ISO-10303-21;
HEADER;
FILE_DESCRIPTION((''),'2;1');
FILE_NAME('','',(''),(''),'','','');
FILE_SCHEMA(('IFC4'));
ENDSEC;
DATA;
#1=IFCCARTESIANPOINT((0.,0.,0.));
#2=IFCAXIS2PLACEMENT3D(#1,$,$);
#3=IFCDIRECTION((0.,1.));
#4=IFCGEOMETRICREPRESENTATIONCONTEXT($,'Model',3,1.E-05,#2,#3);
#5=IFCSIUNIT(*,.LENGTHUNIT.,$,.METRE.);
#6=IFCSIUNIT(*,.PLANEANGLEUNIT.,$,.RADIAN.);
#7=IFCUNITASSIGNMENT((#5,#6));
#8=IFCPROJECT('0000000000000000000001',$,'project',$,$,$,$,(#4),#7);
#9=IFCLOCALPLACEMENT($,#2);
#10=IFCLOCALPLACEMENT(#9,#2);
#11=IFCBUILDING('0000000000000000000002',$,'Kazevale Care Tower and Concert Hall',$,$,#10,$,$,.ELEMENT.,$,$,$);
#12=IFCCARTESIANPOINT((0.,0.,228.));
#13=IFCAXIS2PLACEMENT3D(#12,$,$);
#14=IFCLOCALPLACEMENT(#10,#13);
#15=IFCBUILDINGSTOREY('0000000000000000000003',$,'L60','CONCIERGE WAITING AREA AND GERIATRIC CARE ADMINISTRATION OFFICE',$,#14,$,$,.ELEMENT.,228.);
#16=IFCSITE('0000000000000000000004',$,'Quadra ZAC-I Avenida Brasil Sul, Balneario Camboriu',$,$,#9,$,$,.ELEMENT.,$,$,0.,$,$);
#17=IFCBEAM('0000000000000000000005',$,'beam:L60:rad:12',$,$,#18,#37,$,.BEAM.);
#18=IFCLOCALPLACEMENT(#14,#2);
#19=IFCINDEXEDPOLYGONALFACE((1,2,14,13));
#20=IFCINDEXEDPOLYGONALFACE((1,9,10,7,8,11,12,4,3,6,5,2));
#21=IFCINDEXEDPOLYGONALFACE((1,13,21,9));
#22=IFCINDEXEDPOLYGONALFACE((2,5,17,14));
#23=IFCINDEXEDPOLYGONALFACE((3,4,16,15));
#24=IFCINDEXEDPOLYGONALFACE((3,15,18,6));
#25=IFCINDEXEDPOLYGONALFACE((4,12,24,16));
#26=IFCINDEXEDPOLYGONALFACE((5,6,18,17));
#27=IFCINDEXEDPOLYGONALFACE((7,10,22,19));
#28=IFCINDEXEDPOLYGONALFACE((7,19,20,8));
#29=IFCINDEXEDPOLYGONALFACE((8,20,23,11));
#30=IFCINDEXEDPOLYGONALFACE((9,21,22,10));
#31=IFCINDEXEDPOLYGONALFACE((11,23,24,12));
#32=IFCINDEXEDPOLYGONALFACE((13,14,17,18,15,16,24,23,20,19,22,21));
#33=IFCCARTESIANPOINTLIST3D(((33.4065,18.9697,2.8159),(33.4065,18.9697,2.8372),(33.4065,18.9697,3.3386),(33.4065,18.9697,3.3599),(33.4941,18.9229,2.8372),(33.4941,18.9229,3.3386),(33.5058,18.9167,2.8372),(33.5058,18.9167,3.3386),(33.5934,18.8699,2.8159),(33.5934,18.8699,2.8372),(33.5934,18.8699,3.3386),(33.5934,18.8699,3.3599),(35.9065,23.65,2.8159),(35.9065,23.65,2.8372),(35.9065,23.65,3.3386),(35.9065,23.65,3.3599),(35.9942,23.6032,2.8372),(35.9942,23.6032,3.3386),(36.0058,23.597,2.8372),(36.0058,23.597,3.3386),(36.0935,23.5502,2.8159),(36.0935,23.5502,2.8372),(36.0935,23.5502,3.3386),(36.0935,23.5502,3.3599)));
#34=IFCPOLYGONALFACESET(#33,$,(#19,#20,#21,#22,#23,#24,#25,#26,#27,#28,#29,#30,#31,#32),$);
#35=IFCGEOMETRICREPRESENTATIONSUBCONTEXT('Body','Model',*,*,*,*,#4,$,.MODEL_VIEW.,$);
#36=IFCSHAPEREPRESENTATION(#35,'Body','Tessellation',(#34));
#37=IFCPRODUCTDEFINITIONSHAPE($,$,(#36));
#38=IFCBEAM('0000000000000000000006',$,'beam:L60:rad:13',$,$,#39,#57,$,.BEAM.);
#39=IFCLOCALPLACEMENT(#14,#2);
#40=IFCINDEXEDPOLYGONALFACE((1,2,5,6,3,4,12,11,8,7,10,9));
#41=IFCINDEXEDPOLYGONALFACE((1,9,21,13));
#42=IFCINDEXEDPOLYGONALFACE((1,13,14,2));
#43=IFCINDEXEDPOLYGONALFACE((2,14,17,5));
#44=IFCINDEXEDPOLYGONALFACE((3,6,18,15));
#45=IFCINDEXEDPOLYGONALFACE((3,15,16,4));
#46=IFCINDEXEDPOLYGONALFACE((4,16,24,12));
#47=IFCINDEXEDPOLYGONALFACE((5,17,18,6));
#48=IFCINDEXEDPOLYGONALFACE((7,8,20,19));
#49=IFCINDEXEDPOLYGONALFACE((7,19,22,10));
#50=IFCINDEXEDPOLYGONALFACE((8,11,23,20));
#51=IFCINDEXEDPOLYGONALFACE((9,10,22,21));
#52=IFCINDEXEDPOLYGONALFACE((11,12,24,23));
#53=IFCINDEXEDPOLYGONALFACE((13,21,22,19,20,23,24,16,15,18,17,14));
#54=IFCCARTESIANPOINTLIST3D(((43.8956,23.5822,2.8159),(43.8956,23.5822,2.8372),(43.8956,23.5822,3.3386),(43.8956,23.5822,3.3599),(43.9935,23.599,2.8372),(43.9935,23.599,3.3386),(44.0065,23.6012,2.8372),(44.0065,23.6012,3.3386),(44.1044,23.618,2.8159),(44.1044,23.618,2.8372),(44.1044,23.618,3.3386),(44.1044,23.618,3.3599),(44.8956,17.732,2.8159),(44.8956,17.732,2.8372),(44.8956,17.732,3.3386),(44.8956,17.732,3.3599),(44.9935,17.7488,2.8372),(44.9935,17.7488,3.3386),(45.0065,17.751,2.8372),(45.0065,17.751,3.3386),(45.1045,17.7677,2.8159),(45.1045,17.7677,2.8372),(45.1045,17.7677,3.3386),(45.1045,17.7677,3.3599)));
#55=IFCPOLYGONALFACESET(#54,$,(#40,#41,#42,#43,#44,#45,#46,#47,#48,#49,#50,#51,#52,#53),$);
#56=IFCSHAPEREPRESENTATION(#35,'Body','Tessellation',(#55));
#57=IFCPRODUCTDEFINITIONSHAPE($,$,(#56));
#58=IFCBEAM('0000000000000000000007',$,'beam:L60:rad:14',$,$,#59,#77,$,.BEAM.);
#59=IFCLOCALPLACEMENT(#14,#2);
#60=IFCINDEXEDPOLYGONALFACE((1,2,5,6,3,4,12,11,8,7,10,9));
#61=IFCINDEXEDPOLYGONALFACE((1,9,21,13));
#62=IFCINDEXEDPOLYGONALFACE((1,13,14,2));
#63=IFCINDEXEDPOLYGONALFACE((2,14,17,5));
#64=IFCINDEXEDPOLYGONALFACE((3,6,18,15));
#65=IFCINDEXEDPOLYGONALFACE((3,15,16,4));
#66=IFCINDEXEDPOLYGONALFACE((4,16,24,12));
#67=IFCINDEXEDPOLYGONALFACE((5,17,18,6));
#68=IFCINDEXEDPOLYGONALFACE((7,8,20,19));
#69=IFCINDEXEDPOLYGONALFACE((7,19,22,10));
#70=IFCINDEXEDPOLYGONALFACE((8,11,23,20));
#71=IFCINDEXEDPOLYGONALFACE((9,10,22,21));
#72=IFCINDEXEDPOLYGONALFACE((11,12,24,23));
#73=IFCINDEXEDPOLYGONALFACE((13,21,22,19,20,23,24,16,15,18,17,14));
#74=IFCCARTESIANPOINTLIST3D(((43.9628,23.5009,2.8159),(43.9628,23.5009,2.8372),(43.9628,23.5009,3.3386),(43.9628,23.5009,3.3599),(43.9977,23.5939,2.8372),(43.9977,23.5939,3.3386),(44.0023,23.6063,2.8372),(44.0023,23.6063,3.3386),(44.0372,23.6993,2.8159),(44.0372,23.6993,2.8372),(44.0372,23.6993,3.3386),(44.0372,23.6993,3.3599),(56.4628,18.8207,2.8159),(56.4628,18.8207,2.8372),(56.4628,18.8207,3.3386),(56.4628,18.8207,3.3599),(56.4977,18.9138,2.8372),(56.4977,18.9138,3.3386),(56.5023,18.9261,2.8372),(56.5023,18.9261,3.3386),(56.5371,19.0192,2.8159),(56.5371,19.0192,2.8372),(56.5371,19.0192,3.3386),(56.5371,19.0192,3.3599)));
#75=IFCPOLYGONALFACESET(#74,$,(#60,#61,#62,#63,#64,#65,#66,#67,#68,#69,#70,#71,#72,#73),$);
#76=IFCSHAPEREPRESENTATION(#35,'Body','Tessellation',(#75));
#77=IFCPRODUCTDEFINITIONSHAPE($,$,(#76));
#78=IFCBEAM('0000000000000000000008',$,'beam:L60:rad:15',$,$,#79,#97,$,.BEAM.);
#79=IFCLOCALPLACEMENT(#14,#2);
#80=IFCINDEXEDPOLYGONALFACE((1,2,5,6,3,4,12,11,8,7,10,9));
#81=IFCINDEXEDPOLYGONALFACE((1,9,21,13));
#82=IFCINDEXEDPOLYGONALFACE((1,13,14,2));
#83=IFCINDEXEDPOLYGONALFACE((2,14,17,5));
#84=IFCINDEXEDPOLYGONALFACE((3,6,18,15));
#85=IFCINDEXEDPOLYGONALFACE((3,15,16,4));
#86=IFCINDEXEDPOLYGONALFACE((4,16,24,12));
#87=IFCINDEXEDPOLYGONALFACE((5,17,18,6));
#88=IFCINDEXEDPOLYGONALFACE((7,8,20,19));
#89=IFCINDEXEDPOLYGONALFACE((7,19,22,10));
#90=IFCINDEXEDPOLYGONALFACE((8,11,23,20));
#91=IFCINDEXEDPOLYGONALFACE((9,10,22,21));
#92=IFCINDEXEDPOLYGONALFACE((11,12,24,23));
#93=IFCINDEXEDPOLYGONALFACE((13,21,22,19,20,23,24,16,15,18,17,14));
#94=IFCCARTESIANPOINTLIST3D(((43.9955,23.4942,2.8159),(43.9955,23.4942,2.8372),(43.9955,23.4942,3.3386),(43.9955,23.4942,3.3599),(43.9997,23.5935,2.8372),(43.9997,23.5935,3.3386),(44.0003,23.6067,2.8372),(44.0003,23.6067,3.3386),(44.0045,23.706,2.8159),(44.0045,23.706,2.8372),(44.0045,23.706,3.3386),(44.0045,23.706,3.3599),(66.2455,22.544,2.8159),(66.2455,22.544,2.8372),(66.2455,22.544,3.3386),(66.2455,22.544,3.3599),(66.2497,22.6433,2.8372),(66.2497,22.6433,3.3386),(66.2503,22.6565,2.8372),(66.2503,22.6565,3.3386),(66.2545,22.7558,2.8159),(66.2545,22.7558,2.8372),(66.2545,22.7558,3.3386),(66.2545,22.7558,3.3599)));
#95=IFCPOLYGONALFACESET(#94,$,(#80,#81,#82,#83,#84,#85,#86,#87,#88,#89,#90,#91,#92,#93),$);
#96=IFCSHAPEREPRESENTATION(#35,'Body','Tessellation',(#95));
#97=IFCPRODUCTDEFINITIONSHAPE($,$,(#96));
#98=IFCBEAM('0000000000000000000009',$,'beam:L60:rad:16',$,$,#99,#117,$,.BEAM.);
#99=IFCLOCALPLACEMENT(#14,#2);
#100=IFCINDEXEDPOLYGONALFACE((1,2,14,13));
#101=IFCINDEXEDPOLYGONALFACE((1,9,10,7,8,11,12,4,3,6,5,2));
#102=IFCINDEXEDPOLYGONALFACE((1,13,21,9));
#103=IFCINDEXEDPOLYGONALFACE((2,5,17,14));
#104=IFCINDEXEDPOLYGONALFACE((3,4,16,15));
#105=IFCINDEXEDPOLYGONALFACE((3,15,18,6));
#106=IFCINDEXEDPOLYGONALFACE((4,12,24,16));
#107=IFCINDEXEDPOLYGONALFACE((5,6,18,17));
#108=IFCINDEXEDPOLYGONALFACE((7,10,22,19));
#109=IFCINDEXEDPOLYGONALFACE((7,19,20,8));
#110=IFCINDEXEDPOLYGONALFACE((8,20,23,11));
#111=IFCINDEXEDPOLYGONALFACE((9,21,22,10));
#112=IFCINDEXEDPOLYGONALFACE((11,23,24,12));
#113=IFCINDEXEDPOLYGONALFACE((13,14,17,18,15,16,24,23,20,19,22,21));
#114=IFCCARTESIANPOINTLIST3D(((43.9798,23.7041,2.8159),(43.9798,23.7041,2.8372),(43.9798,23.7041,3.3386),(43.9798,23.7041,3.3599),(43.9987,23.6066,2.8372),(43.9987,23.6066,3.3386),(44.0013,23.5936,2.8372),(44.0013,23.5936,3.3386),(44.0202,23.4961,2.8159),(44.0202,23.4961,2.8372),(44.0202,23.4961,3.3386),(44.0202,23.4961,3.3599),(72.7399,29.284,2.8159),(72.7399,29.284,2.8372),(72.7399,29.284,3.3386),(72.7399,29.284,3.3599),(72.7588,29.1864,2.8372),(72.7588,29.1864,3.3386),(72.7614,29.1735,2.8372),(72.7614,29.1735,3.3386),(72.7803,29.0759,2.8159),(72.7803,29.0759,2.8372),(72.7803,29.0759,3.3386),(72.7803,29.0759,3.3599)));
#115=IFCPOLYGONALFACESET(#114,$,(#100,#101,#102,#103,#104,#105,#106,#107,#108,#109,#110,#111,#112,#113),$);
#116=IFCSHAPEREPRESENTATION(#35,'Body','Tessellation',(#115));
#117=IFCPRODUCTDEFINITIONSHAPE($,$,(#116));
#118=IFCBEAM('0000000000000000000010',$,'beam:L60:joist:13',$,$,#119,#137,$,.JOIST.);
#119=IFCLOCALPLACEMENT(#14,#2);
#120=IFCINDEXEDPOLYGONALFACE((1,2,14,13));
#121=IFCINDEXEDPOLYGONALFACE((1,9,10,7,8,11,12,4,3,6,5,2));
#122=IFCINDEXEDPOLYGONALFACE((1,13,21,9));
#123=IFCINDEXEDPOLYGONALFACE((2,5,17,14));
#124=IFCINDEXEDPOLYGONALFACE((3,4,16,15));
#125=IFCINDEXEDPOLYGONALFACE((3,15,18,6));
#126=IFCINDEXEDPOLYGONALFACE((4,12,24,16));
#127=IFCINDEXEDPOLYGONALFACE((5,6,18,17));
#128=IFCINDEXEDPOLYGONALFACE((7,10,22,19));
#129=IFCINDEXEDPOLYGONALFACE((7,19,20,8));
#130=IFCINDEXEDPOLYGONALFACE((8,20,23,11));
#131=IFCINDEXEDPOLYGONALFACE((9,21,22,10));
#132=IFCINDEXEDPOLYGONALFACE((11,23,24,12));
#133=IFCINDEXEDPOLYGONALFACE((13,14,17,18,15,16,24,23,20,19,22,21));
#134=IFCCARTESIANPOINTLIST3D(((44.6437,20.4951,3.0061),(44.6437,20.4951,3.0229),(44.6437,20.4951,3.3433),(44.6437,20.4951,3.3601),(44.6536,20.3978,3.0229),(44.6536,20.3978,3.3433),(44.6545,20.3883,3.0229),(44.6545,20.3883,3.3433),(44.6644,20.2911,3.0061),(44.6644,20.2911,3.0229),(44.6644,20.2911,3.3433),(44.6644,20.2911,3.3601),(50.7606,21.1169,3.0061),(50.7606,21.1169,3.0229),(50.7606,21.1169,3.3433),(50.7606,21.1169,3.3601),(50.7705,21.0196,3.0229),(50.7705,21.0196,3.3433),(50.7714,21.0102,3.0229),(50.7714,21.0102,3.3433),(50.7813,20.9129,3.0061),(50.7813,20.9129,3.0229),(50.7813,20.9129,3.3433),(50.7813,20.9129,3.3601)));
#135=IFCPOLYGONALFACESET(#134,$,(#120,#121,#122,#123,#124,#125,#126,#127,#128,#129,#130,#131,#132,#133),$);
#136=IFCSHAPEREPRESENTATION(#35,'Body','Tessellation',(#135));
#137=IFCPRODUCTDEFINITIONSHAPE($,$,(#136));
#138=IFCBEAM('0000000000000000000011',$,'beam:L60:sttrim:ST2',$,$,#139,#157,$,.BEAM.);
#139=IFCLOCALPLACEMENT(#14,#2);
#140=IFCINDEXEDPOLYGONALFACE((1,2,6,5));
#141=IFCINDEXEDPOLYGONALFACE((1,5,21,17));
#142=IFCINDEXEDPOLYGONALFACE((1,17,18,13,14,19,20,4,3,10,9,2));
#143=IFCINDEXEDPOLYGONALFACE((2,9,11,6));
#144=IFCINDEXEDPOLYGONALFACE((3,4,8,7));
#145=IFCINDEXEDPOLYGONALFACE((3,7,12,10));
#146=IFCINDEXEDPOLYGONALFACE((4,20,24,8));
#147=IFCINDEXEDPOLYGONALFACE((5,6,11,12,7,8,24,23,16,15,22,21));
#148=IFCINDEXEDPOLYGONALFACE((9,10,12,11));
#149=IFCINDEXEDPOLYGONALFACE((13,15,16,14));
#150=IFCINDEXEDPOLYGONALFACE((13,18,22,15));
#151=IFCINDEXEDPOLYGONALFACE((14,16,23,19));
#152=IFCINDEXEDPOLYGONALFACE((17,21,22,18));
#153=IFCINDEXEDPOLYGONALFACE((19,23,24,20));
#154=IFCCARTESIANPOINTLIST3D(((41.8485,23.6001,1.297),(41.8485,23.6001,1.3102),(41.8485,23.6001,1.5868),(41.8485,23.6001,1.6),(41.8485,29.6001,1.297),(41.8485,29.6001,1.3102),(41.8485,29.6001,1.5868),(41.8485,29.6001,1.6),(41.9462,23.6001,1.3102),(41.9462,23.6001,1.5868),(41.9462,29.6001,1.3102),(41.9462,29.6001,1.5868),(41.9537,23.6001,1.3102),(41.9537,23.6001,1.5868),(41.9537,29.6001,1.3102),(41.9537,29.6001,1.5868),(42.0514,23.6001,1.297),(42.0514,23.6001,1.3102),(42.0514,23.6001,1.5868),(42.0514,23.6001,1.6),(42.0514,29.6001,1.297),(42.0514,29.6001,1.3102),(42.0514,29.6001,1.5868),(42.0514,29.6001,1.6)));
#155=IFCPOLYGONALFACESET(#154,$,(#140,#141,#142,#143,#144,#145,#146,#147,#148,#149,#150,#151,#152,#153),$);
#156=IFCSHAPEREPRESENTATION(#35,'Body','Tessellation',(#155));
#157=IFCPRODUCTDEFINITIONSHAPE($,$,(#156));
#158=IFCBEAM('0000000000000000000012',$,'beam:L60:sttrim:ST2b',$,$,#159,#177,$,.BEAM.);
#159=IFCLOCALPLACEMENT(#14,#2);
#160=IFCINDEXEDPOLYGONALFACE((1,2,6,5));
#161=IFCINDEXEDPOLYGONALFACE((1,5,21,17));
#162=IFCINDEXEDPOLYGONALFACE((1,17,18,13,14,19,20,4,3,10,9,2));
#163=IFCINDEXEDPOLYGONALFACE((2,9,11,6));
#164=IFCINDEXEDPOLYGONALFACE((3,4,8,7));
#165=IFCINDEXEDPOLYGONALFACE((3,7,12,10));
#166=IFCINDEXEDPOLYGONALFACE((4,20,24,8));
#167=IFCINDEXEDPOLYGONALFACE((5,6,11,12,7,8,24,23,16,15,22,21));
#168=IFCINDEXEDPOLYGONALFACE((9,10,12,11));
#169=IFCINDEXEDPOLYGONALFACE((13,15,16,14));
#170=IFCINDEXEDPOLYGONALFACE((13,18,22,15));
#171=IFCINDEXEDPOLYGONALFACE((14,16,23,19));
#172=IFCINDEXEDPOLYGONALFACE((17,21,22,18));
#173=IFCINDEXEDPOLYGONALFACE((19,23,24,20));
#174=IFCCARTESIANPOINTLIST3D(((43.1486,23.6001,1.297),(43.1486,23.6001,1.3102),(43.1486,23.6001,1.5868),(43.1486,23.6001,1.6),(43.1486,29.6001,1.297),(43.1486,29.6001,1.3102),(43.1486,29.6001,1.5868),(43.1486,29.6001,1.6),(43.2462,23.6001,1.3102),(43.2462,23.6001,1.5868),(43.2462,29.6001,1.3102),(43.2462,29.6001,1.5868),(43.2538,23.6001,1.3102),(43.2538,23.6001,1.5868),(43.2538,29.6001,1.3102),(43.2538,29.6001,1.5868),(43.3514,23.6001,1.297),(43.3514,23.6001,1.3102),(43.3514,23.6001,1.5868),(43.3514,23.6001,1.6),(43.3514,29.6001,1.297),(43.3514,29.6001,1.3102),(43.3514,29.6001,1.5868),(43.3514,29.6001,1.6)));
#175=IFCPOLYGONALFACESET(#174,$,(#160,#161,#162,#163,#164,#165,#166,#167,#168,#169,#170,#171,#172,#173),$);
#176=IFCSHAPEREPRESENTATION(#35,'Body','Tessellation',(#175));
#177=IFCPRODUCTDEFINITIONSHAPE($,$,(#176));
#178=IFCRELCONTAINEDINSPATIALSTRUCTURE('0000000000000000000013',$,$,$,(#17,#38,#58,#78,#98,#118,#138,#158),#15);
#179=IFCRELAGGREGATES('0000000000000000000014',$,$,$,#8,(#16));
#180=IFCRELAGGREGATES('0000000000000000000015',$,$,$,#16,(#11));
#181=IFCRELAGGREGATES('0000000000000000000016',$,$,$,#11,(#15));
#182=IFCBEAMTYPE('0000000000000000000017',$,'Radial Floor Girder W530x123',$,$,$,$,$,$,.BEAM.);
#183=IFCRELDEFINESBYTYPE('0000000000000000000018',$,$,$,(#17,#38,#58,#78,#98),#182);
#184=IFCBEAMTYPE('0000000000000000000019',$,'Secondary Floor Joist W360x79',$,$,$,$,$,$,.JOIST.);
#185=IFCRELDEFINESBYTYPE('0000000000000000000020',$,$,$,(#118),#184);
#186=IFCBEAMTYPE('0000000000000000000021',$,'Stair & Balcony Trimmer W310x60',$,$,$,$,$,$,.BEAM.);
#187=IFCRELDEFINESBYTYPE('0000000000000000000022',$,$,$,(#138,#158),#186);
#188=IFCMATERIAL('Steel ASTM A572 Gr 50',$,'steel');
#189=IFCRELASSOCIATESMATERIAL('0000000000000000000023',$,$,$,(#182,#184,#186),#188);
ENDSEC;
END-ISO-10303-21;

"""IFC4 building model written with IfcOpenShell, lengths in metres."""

from ifc_helpers import new_model, si_unit, direction, frame, origin, origin_2d, place, context, subcontext, project, spatial, i_section, extrude, material, material_profile, profile_set, type_object, element, save


model = new_model("IFC4")

# Units and contexts
model_context = context("Model", 3, precision=1e-05, world=origin(), true_north=direction((0.0, 1.0)))
body_context = subcontext(model_context, "Body", "Model", "MODEL_VIEW")
ifc_project = project(units=[si_unit("LENGTHUNIT", "METRE"), si_unit("PLANEANGLEUNIT", "RADIAN")], contexts=[model_context])

# Site, building, storey
site_placement = place(None, origin())
site = spatial("IfcSite", under=ifc_project, at=site_placement, Name="Quadra ZAC-I Avenida Brasil Sul, Balneario Camboriu", CompositionType="ELEMENT", RefElevation=0.0)
building_placement = place(site_placement, origin())
building = spatial("IfcBuilding", under=site, at=building_placement, Name="Kazevale Care Tower and Concert Hall", CompositionType="ELEMENT")
storey_placement = place(building_placement, frame((0.0, 0.0, 228.0)))
storey = spatial("IfcBuildingStorey", under=building, at=storey_placement, Name="L60", Description="CONCIERGE WAITING AREA AND GERIATRIC CARE ADMINISTRATION OFFICE", CompositionType="ELEMENT", Elevation=228.0)

# Beams
ifc_material_1 = material(Name="Steel ASTM A572 Gr 50", Category="steel")
ifc_material_profile_1 = material_profile(ifc_material_1, i_section(OverallWidth=0.2119, OverallDepth=0.5439, WebThickness=0.0132, FlangeThickness=0.0212, at=origin_2d()), Name="W530x123")
ifc_profile_set_1 = profile_set([ifc_material_profile_1], Name="Steel ASTM A572 Gr 50")
beam_type_1 = type_object("IfcBeamType", Name="Radial Floor Girder W530x123", PredefinedType="BEAM", material=ifc_profile_set_1)
beam_1_placement = place(storey_placement, frame((36.0, 23.6001, 3.0879), z_axis=(-0.471161, -0.882047, 0.0), x_axis=(0.882047, -0.471161, 0.0)))
element("IfcBeam", 1, at=beam_1_placement, inside=storey, type_object=beam_type_1, Name="beam:L60:rad:12", PredefinedType="BEAM", context=body_context, shape_type="SweptSolid", body=[
    extrude(i_section(OverallWidth=0.2119, OverallDepth=0.5439, WebThickness=0.0132, FlangeThickness=0.0212, at=origin_2d()), origin(), (0.0, 0.0, 1.0), 5.3062),
])
beam_2_placement = place(storey_placement, frame((44.0, 23.6001, 3.0879), z_axis=(0.168493, -0.985703, 0.0), x_axis=(0.985703, 0.168493, 0.0)))
element("IfcBeam", 2, at=beam_2_placement, inside=storey, type_object=beam_type_1, Name="beam:L60:rad:13", PredefinedType="BEAM", context=body_context, shape_type="SweptSolid", body=[
    extrude(i_section(OverallWidth=0.2119, OverallDepth=0.5439, WebThickness=0.0132, FlangeThickness=0.0212, at=origin_2d()), origin(), (0.0, 0.0, 1.0), 5.9351),
])
beam_3_placement = place(storey_placement, frame((44.0, 23.6001, 3.0879), z_axis=(0.936509, -0.350642, 0.0), x_axis=(0.350642, 0.936509, 0.0)))
element("IfcBeam", 3, at=beam_3_placement, inside=storey, type_object=beam_type_1, Name="beam:L60:rad:14", PredefinedType="BEAM", context=body_context, shape_type="SweptSolid", body=[
    extrude(i_section(OverallWidth=0.2119, OverallDepth=0.5439, WebThickness=0.0132, FlangeThickness=0.0212, at=origin_2d()), origin(), (0.0, 0.0, 1.0), 13.3474),
])
beam_4_placement = place(storey_placement, frame((44.0, 23.6001, 3.0879), z_axis=(0.999089, -0.042667, 0.0), x_axis=(0.042667, 0.999089, 0.0)))
element("IfcBeam", 4, at=beam_4_placement, inside=storey, type_object=beam_type_1, Name="beam:L60:rad:15", PredefinedType="BEAM", context=body_context, shape_type="SweptSolid", body=[
    extrude(i_section(OverallWidth=0.2119, OverallDepth=0.5439, WebThickness=0.0132, FlangeThickness=0.0212, at=origin_2d()), origin(), (0.0, 0.0, 1.0), 22.2703),
])
beam_5_placement = place(storey_placement, frame((44.0, 23.6001, 3.0879), z_axis=(0.981695, 0.190462, 0.0), x_axis=(-0.190462, 0.981695, 0.0)))
element("IfcBeam", 5, at=beam_5_placement, inside=storey, type_object=beam_type_1, Name="beam:L60:rad:16", PredefinedType="BEAM", context=body_context, shape_type="SweptSolid", body=[
    extrude(i_section(OverallWidth=0.2119, OverallDepth=0.5439, WebThickness=0.0132, FlangeThickness=0.0212, at=origin_2d()), origin(), (0.0, 0.0, 1.0), 29.2964),
])
ifc_material_profile_2 = material_profile(ifc_material_1, i_section(OverallWidth=0.2051, OverallDepth=0.354, WebThickness=0.0095, FlangeThickness=0.0168, at=origin_2d()), Name="W360x79")
ifc_profile_set_2 = profile_set([ifc_material_profile_2], Name="Steel ASTM A572 Gr 50")
beam_type_2 = type_object("IfcBeamType", Name="Secondary Floor Joist W360x79", PredefinedType="JOIST", material=ifc_profile_set_2)
beam_6_placement = place(storey_placement, frame((44.6541, 20.3931, 3.1831), z_axis=(0.994873, 0.101135, 0.0), x_axis=(-0.101135, 0.994873, 0.0)))
element("IfcBeam", 6, at=beam_6_placement, inside=storey, type_object=beam_type_2, Name="beam:L60:joist:13", PredefinedType="JOIST", context=body_context, shape_type="SweptSolid", body=[
    extrude(i_section(OverallWidth=0.2051, OverallDepth=0.354, WebThickness=0.0095, FlangeThickness=0.0168, at=origin_2d()), origin(), (0.0, 0.0, 1.0), 6.1484),
])
ifc_material_profile_3 = material_profile(ifc_material_1, i_section(OverallWidth=0.2029, OverallDepth=0.303, WebThickness=0.0076, FlangeThickness=0.0132, at=origin_2d()), Name="W310x60")
ifc_profile_set_3 = profile_set([ifc_material_profile_3], Name="Steel ASTM A572 Gr 50")
beam_type_3 = type_object("IfcBeamType", Name="Stair & Balcony Trimmer W310x60", PredefinedType="BEAM", material=ifc_profile_set_3)
for number, where, z_axis, x_axis, name in (
    (7, (41.95, 23.6001, 1.4485), (0.0, 1.0, 0.0), (-1.0, 0.0, 0.0), "beam:L60:sttrim:ST2"),
    (8, (43.25, 23.6001, 1.4485), (0.0, 1.0, 0.0), (-1.0, 0.0, 0.0), "beam:L60:sttrim:ST2b"),
):
    element("IfcBeam", number, at=place(storey_placement, frame(where, z_axis=z_axis, x_axis=x_axis)), inside=storey, type_object=beam_type_3, Name=name, PredefinedType="BEAM", context=body_context, shape_type="SweptSolid", body=[
        extrude(i_section(OverallWidth=0.2029, OverallDepth=0.303, WebThickness=0.0076, FlangeThickness=0.0132, at=origin_2d()), origin(), (0.0, 0.0, 1.0), 6.0),
    ])

save(model, "model.ifc")
